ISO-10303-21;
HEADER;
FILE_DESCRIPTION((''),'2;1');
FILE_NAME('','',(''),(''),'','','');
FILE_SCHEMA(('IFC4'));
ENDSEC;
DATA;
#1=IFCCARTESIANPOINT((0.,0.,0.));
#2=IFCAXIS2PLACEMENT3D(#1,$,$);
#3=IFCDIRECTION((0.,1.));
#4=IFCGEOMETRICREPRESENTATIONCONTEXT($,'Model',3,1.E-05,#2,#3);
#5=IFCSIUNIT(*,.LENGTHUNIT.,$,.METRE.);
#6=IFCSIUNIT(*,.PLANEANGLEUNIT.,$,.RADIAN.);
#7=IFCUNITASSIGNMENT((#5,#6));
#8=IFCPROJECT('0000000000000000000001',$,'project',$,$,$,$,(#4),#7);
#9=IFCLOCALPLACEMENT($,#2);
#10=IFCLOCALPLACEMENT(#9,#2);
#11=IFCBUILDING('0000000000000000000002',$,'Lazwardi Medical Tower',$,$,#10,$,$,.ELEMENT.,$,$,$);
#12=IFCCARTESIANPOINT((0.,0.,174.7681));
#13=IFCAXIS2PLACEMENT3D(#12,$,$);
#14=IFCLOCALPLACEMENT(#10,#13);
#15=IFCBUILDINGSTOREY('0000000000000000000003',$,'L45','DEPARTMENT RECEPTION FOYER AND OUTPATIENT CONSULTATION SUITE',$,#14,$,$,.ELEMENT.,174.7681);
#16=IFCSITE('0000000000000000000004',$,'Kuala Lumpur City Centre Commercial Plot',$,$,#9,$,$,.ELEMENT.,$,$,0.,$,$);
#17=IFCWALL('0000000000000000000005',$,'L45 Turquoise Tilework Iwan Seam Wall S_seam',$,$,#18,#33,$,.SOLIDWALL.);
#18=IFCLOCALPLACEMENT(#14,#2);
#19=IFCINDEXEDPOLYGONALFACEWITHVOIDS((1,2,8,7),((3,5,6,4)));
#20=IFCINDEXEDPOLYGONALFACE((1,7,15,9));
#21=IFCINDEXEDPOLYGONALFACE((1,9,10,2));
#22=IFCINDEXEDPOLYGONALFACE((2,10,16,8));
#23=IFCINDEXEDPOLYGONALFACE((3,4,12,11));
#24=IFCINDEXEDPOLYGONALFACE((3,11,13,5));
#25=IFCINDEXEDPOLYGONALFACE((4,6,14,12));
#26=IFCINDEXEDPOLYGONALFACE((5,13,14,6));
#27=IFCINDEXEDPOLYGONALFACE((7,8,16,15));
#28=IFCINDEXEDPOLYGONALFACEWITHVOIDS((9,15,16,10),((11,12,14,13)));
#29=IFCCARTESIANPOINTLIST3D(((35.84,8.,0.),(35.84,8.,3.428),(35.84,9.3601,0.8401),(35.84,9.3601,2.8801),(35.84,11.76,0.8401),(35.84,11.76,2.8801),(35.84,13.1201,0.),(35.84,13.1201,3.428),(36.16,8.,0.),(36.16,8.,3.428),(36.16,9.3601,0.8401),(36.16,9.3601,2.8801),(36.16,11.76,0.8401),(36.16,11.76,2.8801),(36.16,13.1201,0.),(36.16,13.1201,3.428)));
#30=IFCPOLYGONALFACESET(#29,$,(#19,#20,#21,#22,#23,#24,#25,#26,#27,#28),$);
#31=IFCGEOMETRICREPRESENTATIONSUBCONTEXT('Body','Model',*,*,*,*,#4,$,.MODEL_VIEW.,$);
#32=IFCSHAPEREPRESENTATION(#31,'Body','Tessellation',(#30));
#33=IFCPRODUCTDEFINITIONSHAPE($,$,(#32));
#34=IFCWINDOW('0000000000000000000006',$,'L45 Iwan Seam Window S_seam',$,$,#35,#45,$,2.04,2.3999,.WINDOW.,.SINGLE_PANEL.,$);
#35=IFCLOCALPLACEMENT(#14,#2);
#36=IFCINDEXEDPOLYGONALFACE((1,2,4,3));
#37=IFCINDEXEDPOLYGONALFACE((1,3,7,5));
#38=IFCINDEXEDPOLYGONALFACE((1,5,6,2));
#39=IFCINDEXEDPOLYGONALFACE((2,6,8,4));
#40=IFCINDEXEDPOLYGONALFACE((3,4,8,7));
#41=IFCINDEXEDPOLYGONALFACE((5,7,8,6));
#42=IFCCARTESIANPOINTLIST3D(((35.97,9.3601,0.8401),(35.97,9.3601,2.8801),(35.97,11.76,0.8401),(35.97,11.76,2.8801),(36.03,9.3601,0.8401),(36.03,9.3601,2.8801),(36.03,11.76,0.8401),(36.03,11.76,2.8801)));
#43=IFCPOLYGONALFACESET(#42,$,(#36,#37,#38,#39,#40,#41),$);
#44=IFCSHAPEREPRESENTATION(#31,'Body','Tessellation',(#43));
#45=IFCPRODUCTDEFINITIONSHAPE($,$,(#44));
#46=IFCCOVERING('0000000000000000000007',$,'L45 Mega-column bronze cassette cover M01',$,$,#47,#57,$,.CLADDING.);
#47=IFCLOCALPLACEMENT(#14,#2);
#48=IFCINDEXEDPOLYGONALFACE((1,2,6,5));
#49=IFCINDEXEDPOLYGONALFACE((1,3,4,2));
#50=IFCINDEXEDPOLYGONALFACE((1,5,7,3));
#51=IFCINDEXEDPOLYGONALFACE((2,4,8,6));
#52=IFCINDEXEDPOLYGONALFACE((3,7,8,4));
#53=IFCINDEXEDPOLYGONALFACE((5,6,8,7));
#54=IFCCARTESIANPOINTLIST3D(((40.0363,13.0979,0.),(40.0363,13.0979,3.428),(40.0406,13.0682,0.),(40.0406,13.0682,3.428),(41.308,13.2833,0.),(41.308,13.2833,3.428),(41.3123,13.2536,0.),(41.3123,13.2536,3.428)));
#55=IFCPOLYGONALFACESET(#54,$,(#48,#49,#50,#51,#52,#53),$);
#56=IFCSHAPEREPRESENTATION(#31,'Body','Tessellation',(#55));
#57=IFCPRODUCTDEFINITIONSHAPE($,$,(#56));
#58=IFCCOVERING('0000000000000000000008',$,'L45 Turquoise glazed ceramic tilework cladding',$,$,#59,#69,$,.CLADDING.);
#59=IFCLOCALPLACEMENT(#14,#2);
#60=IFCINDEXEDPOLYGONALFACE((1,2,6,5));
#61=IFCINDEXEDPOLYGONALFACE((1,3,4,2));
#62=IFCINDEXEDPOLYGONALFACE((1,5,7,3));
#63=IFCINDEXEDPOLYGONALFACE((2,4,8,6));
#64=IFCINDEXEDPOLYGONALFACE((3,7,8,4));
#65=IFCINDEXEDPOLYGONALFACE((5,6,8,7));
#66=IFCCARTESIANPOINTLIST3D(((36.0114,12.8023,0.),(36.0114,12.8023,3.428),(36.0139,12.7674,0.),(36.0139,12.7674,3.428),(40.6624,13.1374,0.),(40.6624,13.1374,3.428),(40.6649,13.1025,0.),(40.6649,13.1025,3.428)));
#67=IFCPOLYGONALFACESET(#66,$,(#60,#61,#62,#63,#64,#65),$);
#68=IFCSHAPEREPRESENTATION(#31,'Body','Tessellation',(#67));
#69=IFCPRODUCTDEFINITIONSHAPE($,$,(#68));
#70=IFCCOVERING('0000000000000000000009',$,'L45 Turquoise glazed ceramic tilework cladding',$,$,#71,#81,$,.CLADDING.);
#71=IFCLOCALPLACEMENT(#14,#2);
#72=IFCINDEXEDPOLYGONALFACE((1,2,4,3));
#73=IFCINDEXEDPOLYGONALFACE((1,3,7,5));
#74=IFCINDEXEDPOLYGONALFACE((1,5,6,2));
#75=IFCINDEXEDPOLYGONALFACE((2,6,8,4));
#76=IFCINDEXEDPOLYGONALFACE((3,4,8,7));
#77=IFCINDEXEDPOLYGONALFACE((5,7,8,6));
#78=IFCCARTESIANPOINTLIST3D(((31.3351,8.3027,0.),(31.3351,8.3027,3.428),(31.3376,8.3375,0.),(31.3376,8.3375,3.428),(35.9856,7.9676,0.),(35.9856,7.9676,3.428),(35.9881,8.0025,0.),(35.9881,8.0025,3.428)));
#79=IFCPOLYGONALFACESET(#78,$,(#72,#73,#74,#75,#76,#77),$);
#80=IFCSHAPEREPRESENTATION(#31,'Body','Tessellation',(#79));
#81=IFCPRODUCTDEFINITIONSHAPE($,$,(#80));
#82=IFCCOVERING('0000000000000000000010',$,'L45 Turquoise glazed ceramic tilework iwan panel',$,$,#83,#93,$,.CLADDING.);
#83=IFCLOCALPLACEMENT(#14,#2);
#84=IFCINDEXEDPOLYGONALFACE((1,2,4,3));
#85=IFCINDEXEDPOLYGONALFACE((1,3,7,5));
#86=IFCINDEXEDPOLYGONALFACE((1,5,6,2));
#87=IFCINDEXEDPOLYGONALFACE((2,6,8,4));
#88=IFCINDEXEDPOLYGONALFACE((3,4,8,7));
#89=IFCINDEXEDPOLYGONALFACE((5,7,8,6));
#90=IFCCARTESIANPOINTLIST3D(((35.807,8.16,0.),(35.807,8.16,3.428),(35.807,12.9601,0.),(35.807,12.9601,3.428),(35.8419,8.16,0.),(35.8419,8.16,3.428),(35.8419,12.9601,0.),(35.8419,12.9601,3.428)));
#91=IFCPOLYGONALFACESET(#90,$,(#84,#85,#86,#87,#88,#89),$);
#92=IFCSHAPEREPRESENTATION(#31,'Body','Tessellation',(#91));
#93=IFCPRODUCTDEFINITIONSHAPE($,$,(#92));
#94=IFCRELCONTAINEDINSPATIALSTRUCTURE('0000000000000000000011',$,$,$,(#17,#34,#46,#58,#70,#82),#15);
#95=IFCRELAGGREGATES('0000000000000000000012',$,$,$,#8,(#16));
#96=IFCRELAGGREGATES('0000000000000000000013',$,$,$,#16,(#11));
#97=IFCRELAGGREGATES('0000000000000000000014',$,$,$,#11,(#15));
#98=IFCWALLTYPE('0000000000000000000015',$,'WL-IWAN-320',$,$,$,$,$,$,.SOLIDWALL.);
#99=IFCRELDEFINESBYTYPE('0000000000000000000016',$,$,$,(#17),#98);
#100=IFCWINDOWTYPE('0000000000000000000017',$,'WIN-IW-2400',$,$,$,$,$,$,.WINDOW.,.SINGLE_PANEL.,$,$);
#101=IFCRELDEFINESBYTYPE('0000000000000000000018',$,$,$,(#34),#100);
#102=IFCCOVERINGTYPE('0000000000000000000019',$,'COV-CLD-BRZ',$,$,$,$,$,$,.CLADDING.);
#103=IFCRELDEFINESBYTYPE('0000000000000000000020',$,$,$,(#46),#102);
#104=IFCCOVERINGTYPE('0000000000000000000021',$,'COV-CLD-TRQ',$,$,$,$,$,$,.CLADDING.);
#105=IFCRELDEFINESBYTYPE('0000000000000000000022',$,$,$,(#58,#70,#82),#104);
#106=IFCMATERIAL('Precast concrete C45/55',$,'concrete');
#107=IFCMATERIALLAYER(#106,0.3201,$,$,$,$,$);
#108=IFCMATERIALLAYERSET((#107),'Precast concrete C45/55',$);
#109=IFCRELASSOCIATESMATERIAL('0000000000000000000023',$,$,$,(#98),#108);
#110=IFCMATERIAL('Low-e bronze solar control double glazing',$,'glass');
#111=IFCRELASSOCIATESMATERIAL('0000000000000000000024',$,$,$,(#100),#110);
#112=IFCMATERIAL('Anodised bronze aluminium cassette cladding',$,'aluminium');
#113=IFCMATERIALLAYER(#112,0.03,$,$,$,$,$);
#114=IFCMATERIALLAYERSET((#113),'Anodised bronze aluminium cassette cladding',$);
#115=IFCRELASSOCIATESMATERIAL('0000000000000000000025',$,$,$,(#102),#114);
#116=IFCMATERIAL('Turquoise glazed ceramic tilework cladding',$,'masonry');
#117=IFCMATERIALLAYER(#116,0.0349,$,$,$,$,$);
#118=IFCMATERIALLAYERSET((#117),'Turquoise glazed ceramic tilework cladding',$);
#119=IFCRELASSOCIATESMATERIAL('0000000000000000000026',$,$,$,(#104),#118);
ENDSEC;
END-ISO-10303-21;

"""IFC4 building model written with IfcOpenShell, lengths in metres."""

from ifc_helpers import new_model, si_unit, direction, frame, frame_2d, origin, origin_2d, place, context, subcontext, project, spatial, rectangle, extrude, material, layer, layer_set, type_object, element, fill, save


model = new_model("IFC4")

# Units and contexts
model_context = context("Model", 3, precision=1e-05, world=origin(), true_north=direction((0.0, 1.0)))
body_context = subcontext(model_context, "Body", "Model", "MODEL_VIEW")
ifc_project = project(units=[si_unit("LENGTHUNIT", "METRE"), si_unit("PLANEANGLEUNIT", "RADIAN")], contexts=[model_context])

# Site, building, storey
site_placement = place(None, origin())
site = spatial("IfcSite", under=ifc_project, at=site_placement, Name="Kuala Lumpur City Centre Commercial Plot", CompositionType="ELEMENT", RefElevation=0.0)
building_placement = place(site_placement, origin())
building = spatial("IfcBuilding", under=site, at=building_placement, Name="Lazwardi Medical Tower", CompositionType="ELEMENT")
storey_placement = place(building_placement, frame((0.0, 0.0, 174.7681)))
storey = spatial("IfcBuildingStorey", under=building, at=storey_placement, Name="L45", Description="DEPARTMENT RECEPTION FOYER AND OUTPATIENT CONSULTATION SUITE", CompositionType="ELEMENT", Elevation=174.7681)

# Shared definitions
ifc_material_1 = material(Name="Low-e bronze solar control double glazing", Category="glass")

# Wall, opening, window
ifc_material_2 = material(Name="Precast concrete C45/55", Category="concrete")
ifc_layer_1 = layer(ifc_material_2, 0.3201)
ifc_layer_set_1 = layer_set([ifc_layer_1], Name="Precast concrete C45/55")
wall_type = type_object("IfcWallType", Name="WL-IWAN-320", PredefinedType="SOLIDWALL", material=ifc_layer_set_1)
wall_1_placement = place(storey_placement, frame((36.0, 8.0, 0.0), z_axis=(0.0, 0.0, 1.0), x_axis=(0.0, 1.0, 0.0)))
wall_1 = element("IfcWall", 1, at=wall_1_placement, inside=storey, type_object=wall_type, Name="L45 Turquoise Tilework Iwan Seam Wall S_seam", PredefinedType="SOLIDWALL", context=body_context, shape_type="SweptSolid", body=[
    extrude(rectangle(XDim=5.1201, YDim=0.3201, at=frame_2d((2.5601, 0.0))), origin(), (0.0, 0.0, 1.0), 3.428),
])
opening_1_placement = place(wall_1_placement, frame((1.3601, 0.0, 0.8401)))
opening_1 = element("IfcOpeningElement", 2, at=opening_1_placement, cuts=wall_1, PredefinedType="OPENING", context=body_context, shape_type="SweptSolid", body=[
    extrude(rectangle(XDim=2.3999, YDim=2.04, at=frame_2d((1.2, 1.02))), frame((0.0, 0.1699, 0.0), z_axis=(0.0, -1.0, 0.0), x_axis=(1.0, 0.0, 0.0)), (0.0, 0.0, 1.0), 0.3401),
])
window_type_1 = type_object("IfcWindowType", Name="WIN-IW-2400", PartitioningType="SINGLE_PANEL", PredefinedType="WINDOW", material=ifc_material_1)
window_1_placement = place(opening_1_placement, origin())
window_1 = element("IfcWindow", 3, at=window_1_placement, inside=storey, type_object=window_type_1, Name="L45 Iwan Seam Window S_seam", OverallHeight=2.04, OverallWidth=2.3999, PartitioningType="SINGLE_PANEL", PredefinedType="WINDOW", context=body_context, shape_type="SweptSolid", body=[
    extrude(rectangle(XDim=2.3999, YDim=2.04, at=frame_2d((1.2, 1.02))), frame((0.0, 0.03, 0.0), z_axis=(0.0, -1.0, 0.0), x_axis=(1.0, 0.0, 0.0)), (0.0, 0.0, 1.0), 0.0601),
])
fill(opening_1, window_1)

# Coverings
ifc_material_3 = material(Name="Anodised bronze aluminium cassette cladding", Category="aluminium")
ifc_layer_2 = layer(ifc_material_3, 0.03)
ifc_layer_set_2 = layer_set([ifc_layer_2], Name="Anodised bronze aluminium cassette cladding")
covering_type_1 = type_object("IfcCoveringType", Name="COV-CLD-BRZ", PredefinedType="CLADDING", material=ifc_layer_set_2)
covering_1_placement = place(storey_placement, frame((40.6743, 13.1758, 0.0), z_axis=(0.0, 0.0, 1.0), x_axis=(0.989539, 0.144265, 0.0)))
element("IfcCovering", 4, at=covering_1_placement, inside=storey, type_object=covering_type_1, Name="L45 Mega-column bronze cassette cover M01", PredefinedType="CLADDING", context=body_context, shape_type="SweptSolid", body=[
    extrude(rectangle(XDim=1.2852, YDim=0.03, at=origin_2d()), origin(), (0.0, 0.0, 1.0), 3.428),
])
ifc_material_4 = material(Name="Turquoise glazed ceramic tilework cladding", Category="masonry")
ifc_layer_3 = layer(ifc_material_4, 0.0349)
ifc_layer_set_3 = layer_set([ifc_layer_3], Name="Turquoise glazed ceramic tilework cladding")
covering_type_2 = type_object("IfcCoveringType", Name="COV-CLD-TRQ", PredefinedType="CLADDING", material=ifc_layer_set_3)
covering_2_placement = place(storey_placement, frame((38.3381, 12.9524, 0.0), z_axis=(0.0, 0.0, 1.0), x_axis=(0.997415, 0.071863, 0.0)))
element("IfcCovering", 5, at=covering_2_placement, inside=storey, type_object=covering_type_2, Name="L45 Turquoise glazed ceramic tilework cladding", PredefinedType="CLADDING", context=body_context, shape_type="SweptSolid", body=[
    extrude(rectangle(XDim=4.6631, YDim=0.0349, at=origin_2d()), origin(), (0.0, 0.0, 1.0), 3.428),
])
covering_3_placement = place(storey_placement, frame((33.6616, 8.1526, 0.0), z_axis=(0.0, 0.0, 1.0), x_axis=(0.997414, -0.071868, 0.0)))
element("IfcCovering", 6, at=covering_3_placement, inside=storey, type_object=covering_type_2, Name="L45 Turquoise glazed ceramic tilework cladding", PredefinedType="CLADDING", context=body_context, shape_type="SweptSolid", body=[
    extrude(rectangle(XDim=4.6626, YDim=0.0349, at=origin_2d()), origin(), (0.0, 0.0, 1.0), 3.428),
])
covering_4_placement = place(storey_placement, frame((35.8245, 10.5601, 0.0), z_axis=(0.0, 0.0, 1.0), x_axis=(0.0, 1.0, 0.0)))
element("IfcCovering", 7, at=covering_4_placement, inside=storey, type_object=covering_type_2, Name="L45 Turquoise glazed ceramic tilework iwan panel", PredefinedType="CLADDING", context=body_context, shape_type="SweptSolid", body=[
    extrude(rectangle(XDim=4.8, YDim=0.0349, at=origin_2d()), origin(), (0.0, 0.0, 1.0), 3.428),
])

save(model, "model.ifc")
